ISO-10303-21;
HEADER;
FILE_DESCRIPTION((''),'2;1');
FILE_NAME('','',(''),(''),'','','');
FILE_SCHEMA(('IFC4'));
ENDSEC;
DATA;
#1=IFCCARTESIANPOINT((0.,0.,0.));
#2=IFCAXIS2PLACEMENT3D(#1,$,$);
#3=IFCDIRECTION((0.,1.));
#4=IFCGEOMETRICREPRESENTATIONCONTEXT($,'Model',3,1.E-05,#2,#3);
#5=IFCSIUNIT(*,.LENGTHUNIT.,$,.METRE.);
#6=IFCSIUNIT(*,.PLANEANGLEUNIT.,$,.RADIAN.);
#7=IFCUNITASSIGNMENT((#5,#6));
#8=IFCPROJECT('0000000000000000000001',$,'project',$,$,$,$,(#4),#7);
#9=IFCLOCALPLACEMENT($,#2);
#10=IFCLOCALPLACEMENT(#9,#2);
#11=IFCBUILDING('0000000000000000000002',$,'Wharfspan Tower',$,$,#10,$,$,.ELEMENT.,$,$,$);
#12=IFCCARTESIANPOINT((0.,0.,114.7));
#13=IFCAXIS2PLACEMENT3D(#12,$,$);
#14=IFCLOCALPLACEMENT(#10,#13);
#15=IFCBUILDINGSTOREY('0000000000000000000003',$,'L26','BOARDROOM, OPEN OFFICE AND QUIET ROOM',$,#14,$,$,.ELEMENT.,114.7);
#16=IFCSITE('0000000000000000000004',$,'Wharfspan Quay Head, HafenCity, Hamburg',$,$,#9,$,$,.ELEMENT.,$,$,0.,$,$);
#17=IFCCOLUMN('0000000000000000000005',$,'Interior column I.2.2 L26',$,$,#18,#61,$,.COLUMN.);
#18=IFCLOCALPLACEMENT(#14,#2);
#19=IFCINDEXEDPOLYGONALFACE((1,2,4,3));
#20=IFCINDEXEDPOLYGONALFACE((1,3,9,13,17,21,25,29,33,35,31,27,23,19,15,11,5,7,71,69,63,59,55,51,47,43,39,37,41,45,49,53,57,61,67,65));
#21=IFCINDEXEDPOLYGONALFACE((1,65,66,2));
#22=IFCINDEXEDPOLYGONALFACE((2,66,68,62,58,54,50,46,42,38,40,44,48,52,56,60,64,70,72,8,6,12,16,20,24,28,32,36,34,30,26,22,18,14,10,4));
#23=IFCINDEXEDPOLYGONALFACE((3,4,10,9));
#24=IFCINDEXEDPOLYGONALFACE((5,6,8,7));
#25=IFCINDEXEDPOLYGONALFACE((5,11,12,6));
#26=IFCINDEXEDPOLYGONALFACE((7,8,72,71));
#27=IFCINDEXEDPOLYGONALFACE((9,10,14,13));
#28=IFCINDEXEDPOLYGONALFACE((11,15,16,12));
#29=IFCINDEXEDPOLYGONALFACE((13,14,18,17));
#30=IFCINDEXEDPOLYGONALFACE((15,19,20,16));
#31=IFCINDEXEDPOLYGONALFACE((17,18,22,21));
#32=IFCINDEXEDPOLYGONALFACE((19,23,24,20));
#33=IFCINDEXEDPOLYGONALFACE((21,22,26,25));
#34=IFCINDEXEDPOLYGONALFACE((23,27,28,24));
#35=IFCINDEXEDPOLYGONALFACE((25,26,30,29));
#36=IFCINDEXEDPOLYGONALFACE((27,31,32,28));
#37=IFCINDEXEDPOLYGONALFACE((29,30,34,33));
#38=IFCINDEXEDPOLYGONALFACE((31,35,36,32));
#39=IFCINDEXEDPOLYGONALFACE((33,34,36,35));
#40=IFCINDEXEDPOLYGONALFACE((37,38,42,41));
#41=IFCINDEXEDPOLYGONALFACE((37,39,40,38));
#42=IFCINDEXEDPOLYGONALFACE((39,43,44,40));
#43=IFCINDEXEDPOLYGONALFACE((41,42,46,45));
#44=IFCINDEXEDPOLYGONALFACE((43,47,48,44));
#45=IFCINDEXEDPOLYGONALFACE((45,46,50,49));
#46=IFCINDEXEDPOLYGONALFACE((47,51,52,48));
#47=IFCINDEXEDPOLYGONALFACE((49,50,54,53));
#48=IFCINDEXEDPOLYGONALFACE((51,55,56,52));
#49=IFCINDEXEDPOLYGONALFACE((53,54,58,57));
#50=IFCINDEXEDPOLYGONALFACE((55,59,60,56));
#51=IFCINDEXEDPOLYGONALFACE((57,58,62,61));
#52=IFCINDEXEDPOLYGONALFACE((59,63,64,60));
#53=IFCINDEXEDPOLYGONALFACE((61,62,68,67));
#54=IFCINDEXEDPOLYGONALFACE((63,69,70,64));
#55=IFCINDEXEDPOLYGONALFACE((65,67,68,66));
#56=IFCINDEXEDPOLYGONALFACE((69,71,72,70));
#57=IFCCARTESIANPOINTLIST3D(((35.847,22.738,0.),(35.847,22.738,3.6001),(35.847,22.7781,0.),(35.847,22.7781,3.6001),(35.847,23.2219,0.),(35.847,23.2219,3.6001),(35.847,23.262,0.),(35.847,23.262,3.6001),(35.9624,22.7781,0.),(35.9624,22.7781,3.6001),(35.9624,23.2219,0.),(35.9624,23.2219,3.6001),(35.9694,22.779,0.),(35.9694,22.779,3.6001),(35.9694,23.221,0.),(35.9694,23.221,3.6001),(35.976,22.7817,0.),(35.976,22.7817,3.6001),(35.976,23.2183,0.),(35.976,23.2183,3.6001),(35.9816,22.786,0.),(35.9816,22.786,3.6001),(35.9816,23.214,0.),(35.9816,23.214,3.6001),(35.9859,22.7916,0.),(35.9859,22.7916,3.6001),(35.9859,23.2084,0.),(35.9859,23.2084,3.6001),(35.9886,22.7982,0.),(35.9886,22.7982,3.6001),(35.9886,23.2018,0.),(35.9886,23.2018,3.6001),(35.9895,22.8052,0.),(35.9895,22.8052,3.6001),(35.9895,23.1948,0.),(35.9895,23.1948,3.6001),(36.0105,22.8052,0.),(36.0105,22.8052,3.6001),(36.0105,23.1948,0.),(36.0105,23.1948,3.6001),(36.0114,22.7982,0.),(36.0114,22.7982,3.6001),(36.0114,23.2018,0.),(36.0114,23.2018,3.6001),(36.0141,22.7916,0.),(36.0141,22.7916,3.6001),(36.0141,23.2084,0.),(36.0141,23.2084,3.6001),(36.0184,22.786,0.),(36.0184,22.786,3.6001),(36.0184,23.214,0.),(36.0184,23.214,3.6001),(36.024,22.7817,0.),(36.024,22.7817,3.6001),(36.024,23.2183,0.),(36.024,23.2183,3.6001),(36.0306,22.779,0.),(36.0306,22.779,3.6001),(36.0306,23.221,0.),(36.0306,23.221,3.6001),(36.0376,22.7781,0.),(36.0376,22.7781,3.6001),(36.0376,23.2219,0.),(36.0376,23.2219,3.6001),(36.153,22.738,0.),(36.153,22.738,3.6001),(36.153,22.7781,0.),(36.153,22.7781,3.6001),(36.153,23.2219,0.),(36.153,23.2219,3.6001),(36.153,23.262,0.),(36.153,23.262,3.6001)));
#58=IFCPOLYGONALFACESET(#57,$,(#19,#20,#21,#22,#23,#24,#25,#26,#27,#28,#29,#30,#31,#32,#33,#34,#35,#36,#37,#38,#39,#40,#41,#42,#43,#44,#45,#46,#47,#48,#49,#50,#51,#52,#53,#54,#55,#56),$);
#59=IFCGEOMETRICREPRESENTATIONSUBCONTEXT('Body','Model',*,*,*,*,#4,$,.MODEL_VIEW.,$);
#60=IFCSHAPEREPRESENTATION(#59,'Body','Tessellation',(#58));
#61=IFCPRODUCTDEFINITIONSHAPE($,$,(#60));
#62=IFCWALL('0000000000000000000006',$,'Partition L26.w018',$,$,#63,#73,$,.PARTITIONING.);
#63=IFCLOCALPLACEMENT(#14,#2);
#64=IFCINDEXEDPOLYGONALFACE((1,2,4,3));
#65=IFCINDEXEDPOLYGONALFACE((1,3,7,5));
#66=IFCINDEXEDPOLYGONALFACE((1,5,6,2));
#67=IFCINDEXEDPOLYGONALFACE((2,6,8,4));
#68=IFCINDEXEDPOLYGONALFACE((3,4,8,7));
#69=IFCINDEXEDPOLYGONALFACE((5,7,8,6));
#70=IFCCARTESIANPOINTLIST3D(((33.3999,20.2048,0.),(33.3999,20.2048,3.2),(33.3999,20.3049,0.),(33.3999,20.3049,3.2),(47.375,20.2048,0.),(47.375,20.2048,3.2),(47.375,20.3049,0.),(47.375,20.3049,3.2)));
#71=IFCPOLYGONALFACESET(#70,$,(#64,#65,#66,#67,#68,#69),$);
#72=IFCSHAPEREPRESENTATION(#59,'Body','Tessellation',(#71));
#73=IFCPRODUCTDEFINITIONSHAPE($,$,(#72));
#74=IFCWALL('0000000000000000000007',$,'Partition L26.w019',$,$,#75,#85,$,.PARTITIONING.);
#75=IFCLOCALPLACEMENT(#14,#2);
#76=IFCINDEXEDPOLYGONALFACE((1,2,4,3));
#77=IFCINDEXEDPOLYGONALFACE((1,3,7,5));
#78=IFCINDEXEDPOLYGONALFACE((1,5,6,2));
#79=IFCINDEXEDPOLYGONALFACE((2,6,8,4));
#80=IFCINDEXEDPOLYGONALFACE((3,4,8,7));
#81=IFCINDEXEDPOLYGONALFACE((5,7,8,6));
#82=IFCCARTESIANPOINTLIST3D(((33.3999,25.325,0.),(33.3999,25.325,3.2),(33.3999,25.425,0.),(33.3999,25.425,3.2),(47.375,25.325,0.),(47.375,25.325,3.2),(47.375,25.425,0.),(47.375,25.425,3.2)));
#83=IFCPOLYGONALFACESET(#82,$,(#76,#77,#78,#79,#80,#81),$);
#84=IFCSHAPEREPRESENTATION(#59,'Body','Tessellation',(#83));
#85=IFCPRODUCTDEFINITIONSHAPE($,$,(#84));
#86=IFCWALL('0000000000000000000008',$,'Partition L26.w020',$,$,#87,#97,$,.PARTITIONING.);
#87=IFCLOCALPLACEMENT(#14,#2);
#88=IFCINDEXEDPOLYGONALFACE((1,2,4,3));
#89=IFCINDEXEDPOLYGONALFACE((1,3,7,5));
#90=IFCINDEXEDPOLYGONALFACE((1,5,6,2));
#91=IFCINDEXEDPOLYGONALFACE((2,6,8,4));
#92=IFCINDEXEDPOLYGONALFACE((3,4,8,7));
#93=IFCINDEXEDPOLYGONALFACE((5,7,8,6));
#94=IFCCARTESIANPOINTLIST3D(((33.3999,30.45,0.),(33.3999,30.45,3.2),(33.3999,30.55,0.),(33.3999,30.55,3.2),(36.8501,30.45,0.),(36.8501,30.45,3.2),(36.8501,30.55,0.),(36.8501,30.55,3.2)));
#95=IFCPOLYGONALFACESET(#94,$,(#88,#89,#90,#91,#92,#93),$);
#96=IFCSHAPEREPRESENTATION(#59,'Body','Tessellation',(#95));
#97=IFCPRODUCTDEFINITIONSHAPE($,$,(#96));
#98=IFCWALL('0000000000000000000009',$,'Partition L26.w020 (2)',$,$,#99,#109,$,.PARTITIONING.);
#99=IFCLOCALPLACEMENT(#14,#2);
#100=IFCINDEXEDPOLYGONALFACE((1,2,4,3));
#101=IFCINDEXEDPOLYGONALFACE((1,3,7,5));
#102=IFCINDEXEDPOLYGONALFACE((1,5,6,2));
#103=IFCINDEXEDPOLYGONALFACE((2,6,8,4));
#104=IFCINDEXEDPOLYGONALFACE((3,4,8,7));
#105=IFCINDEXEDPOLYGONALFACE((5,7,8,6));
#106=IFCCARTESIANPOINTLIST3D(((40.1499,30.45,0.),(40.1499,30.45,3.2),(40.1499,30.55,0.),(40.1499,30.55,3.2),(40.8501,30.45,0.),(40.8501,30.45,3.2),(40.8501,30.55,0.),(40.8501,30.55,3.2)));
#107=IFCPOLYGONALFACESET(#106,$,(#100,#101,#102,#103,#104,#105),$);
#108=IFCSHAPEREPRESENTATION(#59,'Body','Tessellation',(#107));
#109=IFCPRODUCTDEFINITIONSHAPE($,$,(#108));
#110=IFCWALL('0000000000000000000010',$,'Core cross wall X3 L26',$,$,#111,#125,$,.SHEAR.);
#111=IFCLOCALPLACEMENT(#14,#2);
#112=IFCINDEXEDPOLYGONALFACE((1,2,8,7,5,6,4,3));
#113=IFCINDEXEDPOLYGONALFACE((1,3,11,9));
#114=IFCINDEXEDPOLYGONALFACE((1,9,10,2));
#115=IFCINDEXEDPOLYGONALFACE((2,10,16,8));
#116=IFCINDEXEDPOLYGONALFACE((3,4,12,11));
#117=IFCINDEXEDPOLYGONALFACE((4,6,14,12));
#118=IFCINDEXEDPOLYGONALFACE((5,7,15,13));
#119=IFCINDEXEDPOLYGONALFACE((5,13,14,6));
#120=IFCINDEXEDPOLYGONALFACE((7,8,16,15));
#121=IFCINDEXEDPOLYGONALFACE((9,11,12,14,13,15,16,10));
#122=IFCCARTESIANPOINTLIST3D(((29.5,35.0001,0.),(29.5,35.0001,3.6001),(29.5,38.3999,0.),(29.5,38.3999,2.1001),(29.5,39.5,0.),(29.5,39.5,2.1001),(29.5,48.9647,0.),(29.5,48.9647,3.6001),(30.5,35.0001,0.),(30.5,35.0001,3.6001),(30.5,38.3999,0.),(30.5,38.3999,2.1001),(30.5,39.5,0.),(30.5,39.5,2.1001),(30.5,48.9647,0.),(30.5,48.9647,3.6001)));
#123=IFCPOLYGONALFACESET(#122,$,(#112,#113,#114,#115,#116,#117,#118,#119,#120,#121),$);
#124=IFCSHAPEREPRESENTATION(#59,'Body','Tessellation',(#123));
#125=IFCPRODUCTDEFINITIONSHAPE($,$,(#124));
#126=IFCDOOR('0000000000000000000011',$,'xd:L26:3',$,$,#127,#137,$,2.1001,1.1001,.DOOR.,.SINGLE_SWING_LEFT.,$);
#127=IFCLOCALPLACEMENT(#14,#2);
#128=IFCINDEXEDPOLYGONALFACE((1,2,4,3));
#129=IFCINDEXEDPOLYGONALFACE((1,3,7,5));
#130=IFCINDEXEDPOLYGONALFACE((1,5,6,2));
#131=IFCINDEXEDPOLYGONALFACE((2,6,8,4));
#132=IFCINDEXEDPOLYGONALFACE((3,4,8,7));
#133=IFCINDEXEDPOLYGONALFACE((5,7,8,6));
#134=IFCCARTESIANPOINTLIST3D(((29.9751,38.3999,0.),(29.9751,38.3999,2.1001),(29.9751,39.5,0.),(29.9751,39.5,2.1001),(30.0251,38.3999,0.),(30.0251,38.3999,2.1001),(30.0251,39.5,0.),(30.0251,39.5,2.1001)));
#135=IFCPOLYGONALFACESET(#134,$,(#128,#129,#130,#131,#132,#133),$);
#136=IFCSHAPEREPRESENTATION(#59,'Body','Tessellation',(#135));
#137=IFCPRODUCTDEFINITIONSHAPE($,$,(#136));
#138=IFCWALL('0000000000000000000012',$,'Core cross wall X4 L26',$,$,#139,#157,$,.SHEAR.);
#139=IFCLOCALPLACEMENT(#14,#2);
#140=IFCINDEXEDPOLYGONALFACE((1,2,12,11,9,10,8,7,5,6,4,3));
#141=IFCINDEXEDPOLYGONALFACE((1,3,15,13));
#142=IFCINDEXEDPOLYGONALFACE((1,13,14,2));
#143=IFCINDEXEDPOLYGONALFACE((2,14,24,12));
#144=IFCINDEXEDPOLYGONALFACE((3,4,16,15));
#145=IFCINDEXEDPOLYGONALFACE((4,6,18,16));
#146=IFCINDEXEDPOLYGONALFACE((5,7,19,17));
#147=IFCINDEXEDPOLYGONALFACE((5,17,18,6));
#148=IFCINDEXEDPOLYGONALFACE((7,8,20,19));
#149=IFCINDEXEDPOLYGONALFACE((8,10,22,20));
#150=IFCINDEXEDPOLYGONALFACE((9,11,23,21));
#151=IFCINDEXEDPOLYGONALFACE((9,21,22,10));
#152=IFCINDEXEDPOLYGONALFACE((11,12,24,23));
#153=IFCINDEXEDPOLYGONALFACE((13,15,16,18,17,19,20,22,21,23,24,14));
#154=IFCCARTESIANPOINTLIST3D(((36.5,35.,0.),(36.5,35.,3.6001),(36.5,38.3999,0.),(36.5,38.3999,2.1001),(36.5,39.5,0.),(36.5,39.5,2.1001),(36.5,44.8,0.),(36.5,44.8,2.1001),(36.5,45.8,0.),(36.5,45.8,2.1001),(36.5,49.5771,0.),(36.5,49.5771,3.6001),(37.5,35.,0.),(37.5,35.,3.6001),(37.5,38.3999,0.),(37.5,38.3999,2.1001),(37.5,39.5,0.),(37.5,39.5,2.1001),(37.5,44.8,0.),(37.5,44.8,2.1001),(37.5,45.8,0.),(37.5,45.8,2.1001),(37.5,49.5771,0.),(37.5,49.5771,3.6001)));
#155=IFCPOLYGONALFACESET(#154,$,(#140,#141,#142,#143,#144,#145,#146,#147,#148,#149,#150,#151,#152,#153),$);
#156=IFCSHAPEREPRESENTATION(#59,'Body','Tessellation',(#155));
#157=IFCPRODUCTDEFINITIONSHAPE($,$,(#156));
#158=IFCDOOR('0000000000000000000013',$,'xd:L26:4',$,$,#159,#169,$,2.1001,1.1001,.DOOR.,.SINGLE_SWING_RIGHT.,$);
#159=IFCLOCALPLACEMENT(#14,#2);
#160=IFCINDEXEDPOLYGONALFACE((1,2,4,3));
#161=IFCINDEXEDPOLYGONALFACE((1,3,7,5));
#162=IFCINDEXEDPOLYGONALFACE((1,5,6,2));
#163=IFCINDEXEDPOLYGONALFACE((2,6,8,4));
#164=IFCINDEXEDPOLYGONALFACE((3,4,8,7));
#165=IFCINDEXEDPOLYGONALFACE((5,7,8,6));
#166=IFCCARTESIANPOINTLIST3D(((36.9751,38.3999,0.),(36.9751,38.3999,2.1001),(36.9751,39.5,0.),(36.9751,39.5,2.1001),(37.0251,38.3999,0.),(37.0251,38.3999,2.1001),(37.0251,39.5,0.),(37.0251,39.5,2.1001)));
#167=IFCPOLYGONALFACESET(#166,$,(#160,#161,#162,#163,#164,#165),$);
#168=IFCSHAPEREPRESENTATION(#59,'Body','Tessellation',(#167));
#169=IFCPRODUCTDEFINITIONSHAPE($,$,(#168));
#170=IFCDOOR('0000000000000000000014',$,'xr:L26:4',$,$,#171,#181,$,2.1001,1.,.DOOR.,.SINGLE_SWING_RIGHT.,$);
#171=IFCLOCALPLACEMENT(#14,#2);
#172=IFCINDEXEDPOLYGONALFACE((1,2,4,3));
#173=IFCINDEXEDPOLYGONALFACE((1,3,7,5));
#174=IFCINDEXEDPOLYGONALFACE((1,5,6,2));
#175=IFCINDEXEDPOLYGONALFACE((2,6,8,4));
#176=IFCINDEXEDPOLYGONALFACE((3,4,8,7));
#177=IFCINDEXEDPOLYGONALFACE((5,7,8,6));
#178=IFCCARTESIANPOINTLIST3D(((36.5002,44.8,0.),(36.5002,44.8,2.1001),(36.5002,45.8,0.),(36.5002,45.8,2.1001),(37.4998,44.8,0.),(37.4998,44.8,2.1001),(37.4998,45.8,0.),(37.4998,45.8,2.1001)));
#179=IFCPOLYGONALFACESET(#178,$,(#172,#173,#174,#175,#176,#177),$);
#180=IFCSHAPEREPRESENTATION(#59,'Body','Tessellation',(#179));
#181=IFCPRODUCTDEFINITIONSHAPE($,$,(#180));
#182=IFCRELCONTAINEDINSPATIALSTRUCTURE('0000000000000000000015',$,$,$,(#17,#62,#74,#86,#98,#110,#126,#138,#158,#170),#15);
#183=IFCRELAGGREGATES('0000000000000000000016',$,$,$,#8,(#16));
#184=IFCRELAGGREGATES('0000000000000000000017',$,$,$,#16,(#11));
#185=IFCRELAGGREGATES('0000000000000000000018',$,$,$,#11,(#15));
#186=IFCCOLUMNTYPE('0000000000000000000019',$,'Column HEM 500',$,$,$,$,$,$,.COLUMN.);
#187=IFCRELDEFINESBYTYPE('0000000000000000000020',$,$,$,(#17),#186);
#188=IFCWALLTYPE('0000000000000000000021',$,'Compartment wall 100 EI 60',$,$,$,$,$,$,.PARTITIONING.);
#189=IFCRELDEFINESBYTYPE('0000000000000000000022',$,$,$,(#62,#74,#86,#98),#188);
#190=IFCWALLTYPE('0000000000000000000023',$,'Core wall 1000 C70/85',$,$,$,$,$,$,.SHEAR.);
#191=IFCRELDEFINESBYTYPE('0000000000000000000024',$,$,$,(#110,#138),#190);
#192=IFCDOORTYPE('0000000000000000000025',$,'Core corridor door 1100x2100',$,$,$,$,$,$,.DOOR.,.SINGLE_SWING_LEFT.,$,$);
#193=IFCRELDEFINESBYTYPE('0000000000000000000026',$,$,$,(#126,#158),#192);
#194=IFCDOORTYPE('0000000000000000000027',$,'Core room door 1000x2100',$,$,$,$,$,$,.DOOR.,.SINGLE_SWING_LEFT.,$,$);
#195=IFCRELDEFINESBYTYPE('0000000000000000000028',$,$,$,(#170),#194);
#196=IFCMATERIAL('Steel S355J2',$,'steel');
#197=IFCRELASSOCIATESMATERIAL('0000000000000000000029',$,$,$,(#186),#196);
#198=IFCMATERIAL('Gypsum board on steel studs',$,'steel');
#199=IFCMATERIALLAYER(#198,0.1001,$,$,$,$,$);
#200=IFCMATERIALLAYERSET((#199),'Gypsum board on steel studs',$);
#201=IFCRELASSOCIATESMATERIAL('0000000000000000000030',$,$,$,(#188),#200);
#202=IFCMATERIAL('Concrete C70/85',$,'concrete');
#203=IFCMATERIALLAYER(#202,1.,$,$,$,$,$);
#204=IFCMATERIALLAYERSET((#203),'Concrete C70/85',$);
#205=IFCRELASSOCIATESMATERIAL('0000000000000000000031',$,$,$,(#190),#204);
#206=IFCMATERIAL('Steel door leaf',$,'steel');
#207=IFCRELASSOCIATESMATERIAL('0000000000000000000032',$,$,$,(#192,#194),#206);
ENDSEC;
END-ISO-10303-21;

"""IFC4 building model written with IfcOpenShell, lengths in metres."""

from ifc_helpers import new_model, si_unit, direction, frame, frame_2d, origin, origin_2d, place, context, subcontext, project, spatial, rectangle, i_section, extrude, material, layer, layer_set, material_profile, profile_set, type_object, element, fill, save


model = new_model("IFC4")

# Units and contexts
model_context = context("Model", 3, precision=1e-05, world=origin(), true_north=direction((0.0, 1.0)))
body_context = subcontext(model_context, "Body", "Model", "MODEL_VIEW")
ifc_project = project(units=[si_unit("LENGTHUNIT", "METRE"), si_unit("PLANEANGLEUNIT", "RADIAN")], contexts=[model_context])

# Site, building, storey
site_placement = place(None, origin())
site = spatial("IfcSite", under=ifc_project, at=site_placement, Name="Wharfspan Quay Head, HafenCity, Hamburg", CompositionType="ELEMENT", RefElevation=0.0)
building_placement = place(site_placement, origin())
building = spatial("IfcBuilding", under=site, at=building_placement, Name="Wharfspan Tower", CompositionType="ELEMENT")
storey_placement = place(building_placement, frame((0.0, 0.0, 114.7)))
storey = spatial("IfcBuildingStorey", under=building, at=storey_placement, Name="L26", Description="BOARDROOM, OPEN OFFICE AND QUIET ROOM", CompositionType="ELEMENT", Elevation=114.7)

# Column
ifc_material_1 = material(Name="Steel S355J2", Category="steel")
ifc_material_profile = material_profile(ifc_material_1, i_section(OverallWidth=0.3059, OverallDepth=0.5239, WebThickness=0.021, FlangeThickness=0.04, FilletRadius=0.0271, at=origin_2d()))
ifc_profile_set = profile_set([ifc_material_profile], Name="Steel S355J2")
column_type = type_object("IfcColumnType", Name="Column HEM 500", PredefinedType="COLUMN", material=ifc_profile_set)
column_placement = place(storey_placement, frame((36.0, 23.0, 0.0), z_axis=(0.0, 0.0, 1.0), x_axis=(1.0, 0.0, 0.0)))
element("IfcColumn", 1, at=column_placement, inside=storey, type_object=column_type, Name="Interior column I.2.2 L26", PredefinedType="COLUMN", context=body_context, shape_type="SweptSolid", body=[
    extrude(i_section(OverallWidth=0.3059, OverallDepth=0.5239, WebThickness=0.021, FlangeThickness=0.04, FilletRadius=0.0271, at=origin_2d()), origin(), (0.0, 0.0, 1.0), 3.6001),
])

# Walls
ifc_material_2 = material(Name="Gypsum board on steel studs", Category="steel")
ifc_layer_1 = layer(ifc_material_2, 0.1001)
ifc_layer_set_1 = layer_set([ifc_layer_1], Name="Gypsum board on steel studs")
wall_type_1 = type_object("IfcWallType", Name="Compartment wall 100 EI 60", PredefinedType="PARTITIONING", material=ifc_layer_set_1)
for number, where, z_axis, x_axis, name in (
    (2, (33.3999, 20.2549, 0.0), (0.0, 0.0, 1.0), (1.0, 0.0, 0.0), "Partition L26.w018"),
    (3, (33.3999, 25.375, 0.0), (0.0, 0.0, 1.0), (1.0, 0.0, 0.0), "Partition L26.w019"),
):
    element("IfcWall", number, at=place(storey_placement, frame(where, z_axis=z_axis, x_axis=x_axis)), inside=storey, type_object=wall_type_1, Name=name, PredefinedType="PARTITIONING", context=body_context, shape_type="SweptSolid", body=[
        extrude(rectangle(XDim=13.9751, YDim=0.1001, at=frame_2d((6.9875, 0.0))), origin(), (0.0, 0.0, 1.0), 3.2),
    ])
wall_1_placement = place(storey_placement, frame((33.3999, 30.5, 0.0), z_axis=(0.0, 0.0, 1.0), x_axis=(1.0, 0.0, 0.0)))
element("IfcWall", 4, at=wall_1_placement, inside=storey, type_object=wall_type_1, Name="Partition L26.w020", PredefinedType="PARTITIONING", context=body_context, shape_type="SweptSolid", body=[
    extrude(rectangle(XDim=3.4502, YDim=0.1001, at=frame_2d((1.7251, 0.0))), origin(), (0.0, 0.0, 1.0), 3.2),
])
wall_2_placement = place(storey_placement, frame((40.1499, 30.5, 0.0), z_axis=(0.0, 0.0, 1.0), x_axis=(1.0, 0.0, 0.0)))
element("IfcWall", 5, at=wall_2_placement, inside=storey, type_object=wall_type_1, Name="Partition L26.w020 (2)", PredefinedType="PARTITIONING", context=body_context, shape_type="SweptSolid", body=[
    extrude(rectangle(XDim=0.7002, YDim=0.1001, at=frame_2d((0.3501, 0.0))), origin(), (0.0, 0.0, 1.0), 3.2),
])

# Wall, opening, door
ifc_material_3 = material(Name="Concrete C70/85", Category="concrete")
ifc_layer_2 = layer(ifc_material_3, 1.0)
ifc_layer_set_2 = layer_set([ifc_layer_2], Name="Concrete C70/85")
wall_type_2 = type_object("IfcWallType", Name="Core wall 1000 C70/85", PredefinedType="SHEAR", material=ifc_layer_set_2)
wall_3_placement = place(storey_placement, frame((30.0, 35.0, 0.0), z_axis=(0.0, 0.0, 1.0), x_axis=(0.0, 1.0, 0.0)))
wall_3 = element("IfcWall", 6, at=wall_3_placement, inside=storey, type_object=wall_type_2, Name="Core cross wall X3 L26", PredefinedType="SHEAR", context=body_context, shape_type="SweptSolid", body=[
    extrude(rectangle(XDim=13.9646, YDim=1.0, at=frame_2d((6.9824, 0.0))), origin(), (0.0, 0.0, 1.0), 3.6001),
])
opening_1_placement = place(wall_3_placement, frame((3.3999, 0.0, 0.0)))
opening_1 = element("IfcOpeningElement", 7, at=opening_1_placement, cuts=wall_3, PredefinedType="OPENING", context=body_context, shape_type="SweptSolid", body=[
    extrude(rectangle(XDim=1.1001, YDim=2.1001, at=frame_2d((0.55, 1.05))), frame((0.0, 0.51, 0.0), z_axis=(0.0, -1.0, 0.0), x_axis=(1.0, 0.0, 0.0)), (0.0, 0.0, 1.0), 1.02),
])
ifc_material_4 = material(Name="Steel door leaf", Category="steel")
door_type_1 = type_object("IfcDoorType", Name="Core corridor door 1100x2100", OperationType="SINGLE_SWING_LEFT", PredefinedType="DOOR", material=ifc_material_4)
door_1_placement = place(opening_1_placement, origin())
door_1 = element("IfcDoor", 8, at=door_1_placement, inside=storey, type_object=door_type_1, Name="xd:L26:3", OperationType="SINGLE_SWING_LEFT", OverallHeight=2.1001, OverallWidth=1.1001, PredefinedType="DOOR", context=body_context, shape_type="SweptSolid", body=[
    extrude(rectangle(XDim=1.1001, YDim=2.1001, at=frame_2d((0.55, 1.05))), frame((0.0, 0.0249, 0.0), z_axis=(0.0, -1.0, 0.0), x_axis=(1.0, 0.0, 0.0)), (0.0, 0.0, 1.0), 0.05),
])
fill(opening_1, door_1)

# Wall, openings, doors
wall_4_placement = place(storey_placement, frame((37.0, 35.0, 0.0), z_axis=(0.0, 0.0, 1.0), x_axis=(0.0, 1.0, 0.0)))
wall_4 = element("IfcWall", 9, at=wall_4_placement, inside=storey, type_object=wall_type_2, Name="Core cross wall X4 L26", PredefinedType="SHEAR", context=body_context, shape_type="SweptSolid", body=[
    extrude(rectangle(XDim=14.5771, YDim=1.0, at=frame_2d((7.2886, 0.0))), origin(), (0.0, 0.0, 1.0), 3.6001),
])
opening_2_placement = place(wall_4_placement, frame((3.3999, 0.0, 0.0)))
opening_2 = element("IfcOpeningElement", 10, at=opening_2_placement, cuts=wall_4, PredefinedType="OPENING", context=body_context, shape_type="SweptSolid", body=[
    extrude(rectangle(XDim=1.1001, YDim=2.1001, at=frame_2d((0.55, 1.05))), frame((0.0, 0.51, 0.0), z_axis=(0.0, -1.0, 0.0), x_axis=(1.0, 0.0, 0.0)), (0.0, 0.0, 1.0), 1.02),
])
opening_3_placement = place(wall_4_placement, frame((9.8, 0.0, 0.0)))
opening_3 = element("IfcOpeningElement", 11, at=opening_3_placement, cuts=wall_4, PredefinedType="OPENING", context=body_context, shape_type="SweptSolid", body=[
    extrude(rectangle(XDim=1.0, YDim=2.1001, at=frame_2d((0.5, 1.05))), frame((0.0, 0.51, 0.0), z_axis=(0.0, -1.0, 0.0), x_axis=(1.0, 0.0, 0.0)), (0.0, 0.0, 1.0), 1.02),
])
door_2_placement = place(opening_2_placement, origin())
door_2 = element("IfcDoor", 12, at=door_2_placement, inside=storey, type_object=door_type_1, Name="xd:L26:4", OperationType="SINGLE_SWING_RIGHT", OverallHeight=2.1001, OverallWidth=1.1001, PredefinedType="DOOR", context=body_context, shape_type="SweptSolid", body=[
    extrude(rectangle(XDim=1.1001, YDim=2.1001, at=frame_2d((0.55, 1.05))), frame((0.0, 0.0249, 0.0), z_axis=(0.0, -1.0, 0.0), x_axis=(1.0, 0.0, 0.0)), (0.0, 0.0, 1.0), 0.05),
])
fill(opening_2, door_2)
door_type_2 = type_object("IfcDoorType", Name="Core room door 1000x2100", OperationType="SINGLE_SWING_LEFT", PredefinedType="DOOR", material=ifc_material_4)
door_3_placement = place(opening_3_placement, origin())
door_3 = element("IfcDoor", 13, at=door_3_placement, inside=storey, type_object=door_type_2, Name="xr:L26:4", OperationType="SINGLE_SWING_RIGHT", OverallHeight=2.1001, OverallWidth=1.0, PredefinedType="DOOR", context=body_context, shape_type="SweptSolid", body=[
    extrude(rectangle(XDim=1.0, YDim=2.1001, at=frame_2d((0.5, 1.05))), frame((0.0, 0.4998, 0.0), z_axis=(0.0, -1.0, 0.0), x_axis=(1.0, 0.0, 0.0)), (0.0, 0.0, 1.0), 0.9995),
])
fill(opening_3, door_3)

save(model, "model.ifc")
